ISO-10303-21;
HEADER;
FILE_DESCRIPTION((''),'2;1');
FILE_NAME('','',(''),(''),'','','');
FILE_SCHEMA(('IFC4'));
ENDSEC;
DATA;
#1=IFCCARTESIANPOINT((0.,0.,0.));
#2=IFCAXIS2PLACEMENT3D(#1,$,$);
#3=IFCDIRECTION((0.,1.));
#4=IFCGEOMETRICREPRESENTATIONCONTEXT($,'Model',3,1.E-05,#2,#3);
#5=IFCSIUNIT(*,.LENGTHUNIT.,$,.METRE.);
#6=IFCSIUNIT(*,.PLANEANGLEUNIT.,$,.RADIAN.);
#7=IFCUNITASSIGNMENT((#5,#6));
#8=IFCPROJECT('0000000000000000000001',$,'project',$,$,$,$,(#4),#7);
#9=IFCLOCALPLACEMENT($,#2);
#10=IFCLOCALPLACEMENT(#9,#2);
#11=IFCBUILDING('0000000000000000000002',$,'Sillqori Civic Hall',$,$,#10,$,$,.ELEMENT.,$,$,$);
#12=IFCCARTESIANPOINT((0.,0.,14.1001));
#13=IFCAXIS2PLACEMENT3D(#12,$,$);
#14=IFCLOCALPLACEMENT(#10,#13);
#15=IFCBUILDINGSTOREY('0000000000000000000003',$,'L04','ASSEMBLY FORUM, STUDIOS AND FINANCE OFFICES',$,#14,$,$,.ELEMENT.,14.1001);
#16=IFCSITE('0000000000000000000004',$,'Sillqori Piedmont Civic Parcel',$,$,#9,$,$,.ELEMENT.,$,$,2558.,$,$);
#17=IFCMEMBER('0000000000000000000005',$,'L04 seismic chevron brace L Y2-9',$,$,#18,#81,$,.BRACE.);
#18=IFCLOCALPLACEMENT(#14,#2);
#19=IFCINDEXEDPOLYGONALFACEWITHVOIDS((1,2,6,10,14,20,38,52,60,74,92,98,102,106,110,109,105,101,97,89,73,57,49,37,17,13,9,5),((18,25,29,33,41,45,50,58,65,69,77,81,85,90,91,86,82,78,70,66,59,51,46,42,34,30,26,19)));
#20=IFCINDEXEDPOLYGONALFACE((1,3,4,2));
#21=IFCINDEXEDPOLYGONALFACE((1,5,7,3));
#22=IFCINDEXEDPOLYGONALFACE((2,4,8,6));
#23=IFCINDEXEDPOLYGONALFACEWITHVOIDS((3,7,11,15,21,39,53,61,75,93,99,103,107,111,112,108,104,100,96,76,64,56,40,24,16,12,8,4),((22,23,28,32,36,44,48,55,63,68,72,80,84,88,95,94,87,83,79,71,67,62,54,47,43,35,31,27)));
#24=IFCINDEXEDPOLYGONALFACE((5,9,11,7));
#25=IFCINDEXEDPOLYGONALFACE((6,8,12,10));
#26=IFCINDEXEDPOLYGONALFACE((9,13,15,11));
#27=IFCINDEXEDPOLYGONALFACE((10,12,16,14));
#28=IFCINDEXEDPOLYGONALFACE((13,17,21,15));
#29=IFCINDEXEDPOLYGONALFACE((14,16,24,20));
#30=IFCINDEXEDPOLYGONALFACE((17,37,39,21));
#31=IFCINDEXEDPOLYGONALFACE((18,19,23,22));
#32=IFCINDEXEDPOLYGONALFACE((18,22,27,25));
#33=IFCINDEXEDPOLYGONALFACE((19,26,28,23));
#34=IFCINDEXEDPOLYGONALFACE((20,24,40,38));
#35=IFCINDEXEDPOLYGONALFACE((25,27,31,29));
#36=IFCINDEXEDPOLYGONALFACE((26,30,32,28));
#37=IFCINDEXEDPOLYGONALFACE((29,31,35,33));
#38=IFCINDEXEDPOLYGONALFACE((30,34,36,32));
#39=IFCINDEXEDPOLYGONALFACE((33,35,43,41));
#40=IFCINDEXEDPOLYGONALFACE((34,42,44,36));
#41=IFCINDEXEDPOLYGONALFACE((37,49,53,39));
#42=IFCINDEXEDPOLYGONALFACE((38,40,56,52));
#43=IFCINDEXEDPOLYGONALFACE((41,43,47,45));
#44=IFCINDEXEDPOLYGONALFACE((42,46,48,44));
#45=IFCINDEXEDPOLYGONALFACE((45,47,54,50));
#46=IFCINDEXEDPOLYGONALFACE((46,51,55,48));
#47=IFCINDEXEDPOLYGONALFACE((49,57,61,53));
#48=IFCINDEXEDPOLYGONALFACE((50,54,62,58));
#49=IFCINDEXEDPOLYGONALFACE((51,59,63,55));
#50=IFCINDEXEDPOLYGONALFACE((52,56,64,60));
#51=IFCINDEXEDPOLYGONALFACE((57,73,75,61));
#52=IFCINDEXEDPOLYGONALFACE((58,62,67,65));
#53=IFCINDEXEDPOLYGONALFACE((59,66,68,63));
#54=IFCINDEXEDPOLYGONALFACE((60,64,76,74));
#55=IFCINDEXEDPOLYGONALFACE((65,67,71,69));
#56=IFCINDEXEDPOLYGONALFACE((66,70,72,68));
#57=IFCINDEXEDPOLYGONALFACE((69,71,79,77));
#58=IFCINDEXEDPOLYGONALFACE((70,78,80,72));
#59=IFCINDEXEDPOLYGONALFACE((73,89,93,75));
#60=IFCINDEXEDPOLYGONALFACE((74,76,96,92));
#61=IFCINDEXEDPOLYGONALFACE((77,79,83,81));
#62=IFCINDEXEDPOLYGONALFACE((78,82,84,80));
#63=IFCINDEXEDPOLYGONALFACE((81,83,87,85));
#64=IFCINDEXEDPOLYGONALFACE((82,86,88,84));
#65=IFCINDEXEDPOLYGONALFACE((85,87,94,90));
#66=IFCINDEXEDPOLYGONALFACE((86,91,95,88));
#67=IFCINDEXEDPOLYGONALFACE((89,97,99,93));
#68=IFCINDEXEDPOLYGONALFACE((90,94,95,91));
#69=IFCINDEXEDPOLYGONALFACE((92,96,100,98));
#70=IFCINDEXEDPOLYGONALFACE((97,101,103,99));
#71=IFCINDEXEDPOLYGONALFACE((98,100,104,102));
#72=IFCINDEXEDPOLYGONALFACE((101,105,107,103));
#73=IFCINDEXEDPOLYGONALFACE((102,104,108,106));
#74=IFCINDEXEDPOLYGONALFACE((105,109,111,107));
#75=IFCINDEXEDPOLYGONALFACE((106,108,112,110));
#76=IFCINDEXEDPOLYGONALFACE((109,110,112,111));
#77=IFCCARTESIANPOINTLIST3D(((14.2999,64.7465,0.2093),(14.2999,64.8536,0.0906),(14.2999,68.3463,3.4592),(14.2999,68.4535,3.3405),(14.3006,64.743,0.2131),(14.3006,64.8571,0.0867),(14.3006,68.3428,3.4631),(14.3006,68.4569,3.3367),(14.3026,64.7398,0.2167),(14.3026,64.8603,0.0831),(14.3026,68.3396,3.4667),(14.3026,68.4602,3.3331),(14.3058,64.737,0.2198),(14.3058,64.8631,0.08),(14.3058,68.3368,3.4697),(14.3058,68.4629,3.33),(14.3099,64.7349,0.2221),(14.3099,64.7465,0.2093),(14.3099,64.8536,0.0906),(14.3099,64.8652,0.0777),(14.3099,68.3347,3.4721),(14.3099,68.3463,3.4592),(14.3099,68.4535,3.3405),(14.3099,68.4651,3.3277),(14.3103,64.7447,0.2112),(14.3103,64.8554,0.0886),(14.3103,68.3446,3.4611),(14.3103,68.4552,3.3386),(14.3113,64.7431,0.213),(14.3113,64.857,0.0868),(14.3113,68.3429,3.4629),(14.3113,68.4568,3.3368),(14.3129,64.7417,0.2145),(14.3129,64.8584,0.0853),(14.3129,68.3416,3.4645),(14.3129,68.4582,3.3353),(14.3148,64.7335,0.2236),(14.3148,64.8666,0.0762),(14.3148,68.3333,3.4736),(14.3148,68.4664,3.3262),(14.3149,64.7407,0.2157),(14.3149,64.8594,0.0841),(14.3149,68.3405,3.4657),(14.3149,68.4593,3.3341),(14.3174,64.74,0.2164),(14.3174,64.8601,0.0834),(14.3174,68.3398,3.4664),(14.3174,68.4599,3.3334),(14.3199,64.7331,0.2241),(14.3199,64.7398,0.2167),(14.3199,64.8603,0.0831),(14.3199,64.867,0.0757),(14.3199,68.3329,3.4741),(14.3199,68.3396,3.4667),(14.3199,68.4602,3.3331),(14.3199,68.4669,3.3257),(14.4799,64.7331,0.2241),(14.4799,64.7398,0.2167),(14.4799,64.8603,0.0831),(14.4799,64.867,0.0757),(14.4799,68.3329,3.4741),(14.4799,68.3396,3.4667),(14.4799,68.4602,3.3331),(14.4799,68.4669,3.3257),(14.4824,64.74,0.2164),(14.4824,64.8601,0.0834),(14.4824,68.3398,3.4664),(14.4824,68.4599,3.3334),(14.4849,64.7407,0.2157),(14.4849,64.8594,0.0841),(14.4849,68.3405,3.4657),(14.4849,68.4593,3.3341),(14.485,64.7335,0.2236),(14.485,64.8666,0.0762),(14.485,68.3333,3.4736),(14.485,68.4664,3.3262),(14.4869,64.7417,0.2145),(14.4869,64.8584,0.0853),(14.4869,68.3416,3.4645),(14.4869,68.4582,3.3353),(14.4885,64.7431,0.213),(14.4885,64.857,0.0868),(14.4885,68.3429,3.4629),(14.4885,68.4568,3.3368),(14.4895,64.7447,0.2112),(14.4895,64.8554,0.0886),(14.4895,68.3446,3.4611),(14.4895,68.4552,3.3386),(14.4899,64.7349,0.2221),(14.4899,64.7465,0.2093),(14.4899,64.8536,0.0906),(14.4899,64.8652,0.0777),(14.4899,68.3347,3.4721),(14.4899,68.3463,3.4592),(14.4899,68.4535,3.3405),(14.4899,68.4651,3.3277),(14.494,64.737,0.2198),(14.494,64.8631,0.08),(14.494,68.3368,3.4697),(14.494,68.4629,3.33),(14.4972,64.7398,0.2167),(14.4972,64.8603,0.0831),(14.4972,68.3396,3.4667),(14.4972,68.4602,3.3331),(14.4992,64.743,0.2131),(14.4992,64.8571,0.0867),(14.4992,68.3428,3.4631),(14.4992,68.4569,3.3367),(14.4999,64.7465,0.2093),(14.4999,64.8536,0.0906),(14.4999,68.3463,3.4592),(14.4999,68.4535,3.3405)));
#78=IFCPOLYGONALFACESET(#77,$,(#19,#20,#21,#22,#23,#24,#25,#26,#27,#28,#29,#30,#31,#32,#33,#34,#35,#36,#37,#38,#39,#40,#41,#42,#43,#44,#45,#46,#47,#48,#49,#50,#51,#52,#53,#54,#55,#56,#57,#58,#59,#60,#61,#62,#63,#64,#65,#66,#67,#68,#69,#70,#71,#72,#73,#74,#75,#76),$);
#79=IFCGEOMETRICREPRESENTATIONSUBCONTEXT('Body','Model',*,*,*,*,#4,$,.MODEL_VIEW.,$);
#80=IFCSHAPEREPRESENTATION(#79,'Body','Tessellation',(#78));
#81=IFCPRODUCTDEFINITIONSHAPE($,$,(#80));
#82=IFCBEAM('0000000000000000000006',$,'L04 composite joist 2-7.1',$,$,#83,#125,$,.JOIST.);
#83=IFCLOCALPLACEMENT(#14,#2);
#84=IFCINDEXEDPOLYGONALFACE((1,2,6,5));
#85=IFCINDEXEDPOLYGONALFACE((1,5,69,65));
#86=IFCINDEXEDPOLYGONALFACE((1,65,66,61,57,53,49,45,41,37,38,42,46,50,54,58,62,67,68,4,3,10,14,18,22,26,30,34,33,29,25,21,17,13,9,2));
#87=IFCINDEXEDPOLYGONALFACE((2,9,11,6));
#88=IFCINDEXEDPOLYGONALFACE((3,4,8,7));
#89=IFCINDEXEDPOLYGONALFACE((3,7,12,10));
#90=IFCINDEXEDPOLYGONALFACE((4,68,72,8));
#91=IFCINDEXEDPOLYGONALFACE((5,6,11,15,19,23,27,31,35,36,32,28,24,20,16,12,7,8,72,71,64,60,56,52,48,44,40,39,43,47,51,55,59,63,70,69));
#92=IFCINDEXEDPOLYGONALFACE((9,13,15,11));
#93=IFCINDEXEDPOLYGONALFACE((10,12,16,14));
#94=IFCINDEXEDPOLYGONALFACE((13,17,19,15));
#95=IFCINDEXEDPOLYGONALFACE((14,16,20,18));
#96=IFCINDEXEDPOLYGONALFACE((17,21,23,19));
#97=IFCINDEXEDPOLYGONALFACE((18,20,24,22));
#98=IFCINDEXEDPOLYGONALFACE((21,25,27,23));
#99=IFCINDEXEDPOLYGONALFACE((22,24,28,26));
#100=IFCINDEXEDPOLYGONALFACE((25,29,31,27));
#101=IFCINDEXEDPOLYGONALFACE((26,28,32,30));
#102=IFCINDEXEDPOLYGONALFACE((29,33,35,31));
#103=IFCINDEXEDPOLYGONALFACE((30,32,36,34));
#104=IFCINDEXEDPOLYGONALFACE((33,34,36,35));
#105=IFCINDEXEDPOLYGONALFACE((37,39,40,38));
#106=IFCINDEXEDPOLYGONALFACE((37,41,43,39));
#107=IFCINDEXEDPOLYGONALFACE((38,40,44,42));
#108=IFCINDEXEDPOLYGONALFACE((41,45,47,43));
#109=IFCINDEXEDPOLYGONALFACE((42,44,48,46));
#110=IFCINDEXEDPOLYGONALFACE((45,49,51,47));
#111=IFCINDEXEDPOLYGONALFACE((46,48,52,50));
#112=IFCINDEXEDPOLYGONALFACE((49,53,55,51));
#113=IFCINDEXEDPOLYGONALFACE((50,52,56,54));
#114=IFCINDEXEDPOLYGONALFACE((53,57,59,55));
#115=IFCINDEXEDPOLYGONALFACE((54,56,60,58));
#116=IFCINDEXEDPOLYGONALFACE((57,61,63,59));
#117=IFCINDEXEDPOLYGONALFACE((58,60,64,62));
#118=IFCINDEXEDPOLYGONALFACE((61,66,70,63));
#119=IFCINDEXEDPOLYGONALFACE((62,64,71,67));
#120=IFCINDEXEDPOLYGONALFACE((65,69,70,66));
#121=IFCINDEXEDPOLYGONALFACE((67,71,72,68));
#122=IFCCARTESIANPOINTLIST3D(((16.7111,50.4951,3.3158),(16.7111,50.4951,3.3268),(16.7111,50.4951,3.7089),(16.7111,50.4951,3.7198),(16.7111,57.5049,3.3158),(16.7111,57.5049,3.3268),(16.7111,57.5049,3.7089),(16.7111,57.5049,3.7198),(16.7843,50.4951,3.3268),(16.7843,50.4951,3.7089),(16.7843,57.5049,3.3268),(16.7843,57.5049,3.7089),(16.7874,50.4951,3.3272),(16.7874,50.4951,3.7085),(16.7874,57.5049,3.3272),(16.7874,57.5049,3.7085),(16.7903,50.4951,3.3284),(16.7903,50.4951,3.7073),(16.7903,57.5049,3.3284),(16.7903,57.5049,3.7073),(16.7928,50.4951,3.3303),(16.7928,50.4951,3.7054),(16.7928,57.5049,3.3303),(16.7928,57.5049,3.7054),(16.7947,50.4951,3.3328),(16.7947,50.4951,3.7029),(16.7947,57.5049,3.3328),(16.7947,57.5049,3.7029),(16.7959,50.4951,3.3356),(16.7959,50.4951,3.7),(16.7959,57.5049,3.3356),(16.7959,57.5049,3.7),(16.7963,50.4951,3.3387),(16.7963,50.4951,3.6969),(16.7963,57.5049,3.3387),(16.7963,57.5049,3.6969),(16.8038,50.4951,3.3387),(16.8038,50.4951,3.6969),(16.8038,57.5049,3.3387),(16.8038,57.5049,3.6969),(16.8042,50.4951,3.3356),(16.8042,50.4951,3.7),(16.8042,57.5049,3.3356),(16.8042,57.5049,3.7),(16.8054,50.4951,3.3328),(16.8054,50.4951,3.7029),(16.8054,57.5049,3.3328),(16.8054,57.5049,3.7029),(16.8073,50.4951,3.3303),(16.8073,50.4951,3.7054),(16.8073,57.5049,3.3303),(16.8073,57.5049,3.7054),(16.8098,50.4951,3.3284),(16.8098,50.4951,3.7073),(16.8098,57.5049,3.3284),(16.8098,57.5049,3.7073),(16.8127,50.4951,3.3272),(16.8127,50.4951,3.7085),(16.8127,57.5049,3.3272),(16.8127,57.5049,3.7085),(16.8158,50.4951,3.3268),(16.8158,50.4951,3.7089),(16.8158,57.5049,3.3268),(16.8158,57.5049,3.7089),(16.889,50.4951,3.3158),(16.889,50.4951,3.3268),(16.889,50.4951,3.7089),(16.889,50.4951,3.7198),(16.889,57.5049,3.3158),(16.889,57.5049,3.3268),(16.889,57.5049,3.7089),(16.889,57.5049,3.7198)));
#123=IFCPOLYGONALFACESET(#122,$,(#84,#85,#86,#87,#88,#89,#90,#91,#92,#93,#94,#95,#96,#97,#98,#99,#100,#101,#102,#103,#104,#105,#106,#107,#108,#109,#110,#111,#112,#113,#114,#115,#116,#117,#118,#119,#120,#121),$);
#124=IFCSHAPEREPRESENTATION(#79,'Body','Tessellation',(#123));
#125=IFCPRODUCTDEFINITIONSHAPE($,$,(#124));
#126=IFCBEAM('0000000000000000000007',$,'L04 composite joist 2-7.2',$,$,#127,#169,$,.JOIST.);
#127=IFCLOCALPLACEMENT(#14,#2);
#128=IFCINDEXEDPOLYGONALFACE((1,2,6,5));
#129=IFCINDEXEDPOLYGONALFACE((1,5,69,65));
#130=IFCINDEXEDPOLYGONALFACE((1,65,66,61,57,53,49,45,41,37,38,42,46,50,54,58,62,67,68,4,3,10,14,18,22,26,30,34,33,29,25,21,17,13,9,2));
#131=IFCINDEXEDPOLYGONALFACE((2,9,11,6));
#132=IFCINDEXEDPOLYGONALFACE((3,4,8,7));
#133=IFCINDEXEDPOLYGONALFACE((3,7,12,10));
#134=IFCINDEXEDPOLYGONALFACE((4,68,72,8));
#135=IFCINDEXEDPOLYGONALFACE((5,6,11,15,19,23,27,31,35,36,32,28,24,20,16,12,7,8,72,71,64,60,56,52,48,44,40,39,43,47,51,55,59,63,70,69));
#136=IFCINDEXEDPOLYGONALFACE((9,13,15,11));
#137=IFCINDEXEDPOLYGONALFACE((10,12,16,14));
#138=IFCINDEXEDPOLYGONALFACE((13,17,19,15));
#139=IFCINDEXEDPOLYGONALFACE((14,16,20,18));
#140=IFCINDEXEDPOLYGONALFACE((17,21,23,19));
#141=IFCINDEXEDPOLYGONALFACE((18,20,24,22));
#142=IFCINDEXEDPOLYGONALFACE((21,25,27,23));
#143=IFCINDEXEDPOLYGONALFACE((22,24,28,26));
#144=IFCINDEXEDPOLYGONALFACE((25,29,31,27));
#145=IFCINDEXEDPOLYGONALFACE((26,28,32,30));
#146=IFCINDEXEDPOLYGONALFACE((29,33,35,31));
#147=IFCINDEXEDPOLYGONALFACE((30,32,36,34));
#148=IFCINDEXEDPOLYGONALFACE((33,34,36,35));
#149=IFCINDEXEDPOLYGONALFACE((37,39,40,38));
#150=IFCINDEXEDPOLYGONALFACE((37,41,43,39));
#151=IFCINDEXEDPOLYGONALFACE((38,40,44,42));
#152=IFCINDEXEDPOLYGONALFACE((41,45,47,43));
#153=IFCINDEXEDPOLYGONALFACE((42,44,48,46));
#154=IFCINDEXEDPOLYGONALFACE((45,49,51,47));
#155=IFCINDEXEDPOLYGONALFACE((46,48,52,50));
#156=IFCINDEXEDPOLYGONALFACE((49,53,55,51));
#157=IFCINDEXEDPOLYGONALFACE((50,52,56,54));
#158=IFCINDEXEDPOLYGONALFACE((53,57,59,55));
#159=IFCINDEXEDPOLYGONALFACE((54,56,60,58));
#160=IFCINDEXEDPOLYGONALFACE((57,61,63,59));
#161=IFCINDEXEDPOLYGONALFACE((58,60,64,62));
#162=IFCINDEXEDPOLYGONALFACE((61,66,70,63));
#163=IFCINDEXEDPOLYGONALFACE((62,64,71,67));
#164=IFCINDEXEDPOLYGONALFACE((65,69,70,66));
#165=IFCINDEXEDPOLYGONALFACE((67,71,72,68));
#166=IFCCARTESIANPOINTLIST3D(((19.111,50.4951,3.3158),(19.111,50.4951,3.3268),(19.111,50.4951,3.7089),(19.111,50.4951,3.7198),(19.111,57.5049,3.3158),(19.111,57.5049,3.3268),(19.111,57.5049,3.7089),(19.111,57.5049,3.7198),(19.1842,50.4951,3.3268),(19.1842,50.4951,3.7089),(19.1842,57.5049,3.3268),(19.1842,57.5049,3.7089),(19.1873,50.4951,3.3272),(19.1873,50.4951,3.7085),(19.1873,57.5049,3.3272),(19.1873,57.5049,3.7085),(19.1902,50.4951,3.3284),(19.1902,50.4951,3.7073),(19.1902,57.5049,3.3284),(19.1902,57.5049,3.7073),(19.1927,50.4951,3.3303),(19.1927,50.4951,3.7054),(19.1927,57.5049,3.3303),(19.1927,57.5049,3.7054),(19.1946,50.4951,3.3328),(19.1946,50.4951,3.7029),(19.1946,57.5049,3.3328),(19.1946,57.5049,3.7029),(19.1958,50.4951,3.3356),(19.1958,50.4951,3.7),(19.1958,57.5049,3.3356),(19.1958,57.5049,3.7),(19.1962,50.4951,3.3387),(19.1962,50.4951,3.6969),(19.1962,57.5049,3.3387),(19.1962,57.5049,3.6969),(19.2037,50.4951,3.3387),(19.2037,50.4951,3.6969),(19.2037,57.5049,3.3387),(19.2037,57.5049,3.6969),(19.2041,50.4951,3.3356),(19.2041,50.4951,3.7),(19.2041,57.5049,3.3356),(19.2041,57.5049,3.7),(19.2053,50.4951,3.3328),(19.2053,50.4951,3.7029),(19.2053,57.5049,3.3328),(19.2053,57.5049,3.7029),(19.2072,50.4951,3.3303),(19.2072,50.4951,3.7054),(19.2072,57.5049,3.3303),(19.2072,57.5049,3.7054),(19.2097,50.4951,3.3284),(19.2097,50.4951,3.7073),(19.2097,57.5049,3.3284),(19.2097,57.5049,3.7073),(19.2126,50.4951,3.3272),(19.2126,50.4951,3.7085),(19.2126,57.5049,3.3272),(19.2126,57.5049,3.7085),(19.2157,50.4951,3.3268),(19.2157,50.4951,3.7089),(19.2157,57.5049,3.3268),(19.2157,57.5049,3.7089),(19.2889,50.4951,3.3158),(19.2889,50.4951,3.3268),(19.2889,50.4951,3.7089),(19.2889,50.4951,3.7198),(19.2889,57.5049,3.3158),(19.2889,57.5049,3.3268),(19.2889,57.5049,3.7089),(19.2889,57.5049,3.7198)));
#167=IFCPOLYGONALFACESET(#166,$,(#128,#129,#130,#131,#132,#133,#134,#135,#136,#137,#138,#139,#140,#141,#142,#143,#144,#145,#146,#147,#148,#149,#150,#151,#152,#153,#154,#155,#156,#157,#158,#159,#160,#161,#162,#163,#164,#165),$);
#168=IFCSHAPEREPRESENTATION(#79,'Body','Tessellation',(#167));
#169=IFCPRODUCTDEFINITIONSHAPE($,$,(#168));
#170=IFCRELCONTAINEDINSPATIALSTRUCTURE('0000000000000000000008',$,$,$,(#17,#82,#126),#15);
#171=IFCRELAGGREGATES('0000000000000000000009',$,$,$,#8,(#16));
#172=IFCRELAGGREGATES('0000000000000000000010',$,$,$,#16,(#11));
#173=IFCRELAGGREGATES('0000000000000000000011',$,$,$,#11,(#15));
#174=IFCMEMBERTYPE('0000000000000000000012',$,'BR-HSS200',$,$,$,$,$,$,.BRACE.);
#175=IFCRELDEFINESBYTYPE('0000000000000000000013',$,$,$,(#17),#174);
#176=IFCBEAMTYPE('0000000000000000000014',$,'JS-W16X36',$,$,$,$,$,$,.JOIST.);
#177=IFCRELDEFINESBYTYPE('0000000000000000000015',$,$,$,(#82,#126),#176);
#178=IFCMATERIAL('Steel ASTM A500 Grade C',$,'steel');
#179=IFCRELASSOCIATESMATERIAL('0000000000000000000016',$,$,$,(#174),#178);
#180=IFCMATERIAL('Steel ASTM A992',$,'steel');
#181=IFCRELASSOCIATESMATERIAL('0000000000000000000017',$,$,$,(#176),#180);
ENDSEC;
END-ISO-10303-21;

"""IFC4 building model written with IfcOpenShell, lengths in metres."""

from ifc_helpers import new_model, si_unit, direction, frame, origin, origin_2d, place, context, subcontext, project, spatial, hollow_rectangle, i_section, extrude, material, material_profile, profile_set, type_object, element, save


model = new_model("IFC4")

# Units and contexts
model_context = context("Model", 3, precision=1e-05, world=origin(), true_north=direction((0.0, 1.0)))
body_context = subcontext(model_context, "Body", "Model", "MODEL_VIEW")
ifc_project = project(units=[si_unit("LENGTHUNIT", "METRE"), si_unit("PLANEANGLEUNIT", "RADIAN")], contexts=[model_context])

# Site, building, storey
site_placement = place(None, origin())
site = spatial("IfcSite", under=ifc_project, at=site_placement, Name="Sillqori Piedmont Civic Parcel", CompositionType="ELEMENT", RefElevation=2558.0)
building_placement = place(site_placement, origin())
building = spatial("IfcBuilding", under=site, at=building_placement, Name="Sillqori Civic Hall", CompositionType="ELEMENT")
storey_placement = place(building_placement, frame((0.0, 0.0, 14.1001)))
storey = spatial("IfcBuildingStorey", under=building, at=storey_placement, Name="L04", Description="ASSEMBLY FORUM, STUDIOS AND FINANCE OFFICES", CompositionType="ELEMENT", Elevation=14.1001)

# Shared definitions
ifc_material_1 = material(Name="Steel ASTM A992", Category="steel")

# Member
ifc_material_2 = material(Name="Steel ASTM A500 Grade C", Category="steel")
ifc_material_profile_1 = material_profile(ifc_material_2, hollow_rectangle(XDim=0.2, YDim=0.2, WallThickness=0.01, InnerFilletRadius=0.01, OuterFilletRadius=0.02, at=origin_2d()), Name="HSS200X200X10")
ifc_profile_set_1 = profile_set([ifc_material_profile_1], Name="Steel ASTM A500 Grade C")
member_type = type_object("IfcMemberType", Name="BR-HSS200", PredefinedType="BRACE", material=ifc_profile_set_1)
member_placement = place(storey_placement, frame((14.3999, 64.8, 0.1499), z_axis=(0.0, 0.742254, 0.670118), x_axis=(-1.0, 0.0, 0.0)))
element("IfcMember", 1, at=member_placement, inside=storey, type_object=member_type, Name="L04 seismic chevron brace L Y2-9", PredefinedType="BRACE", context=body_context, shape_type="SweptSolid", body=[
    extrude(hollow_rectangle(XDim=0.2, YDim=0.2, WallThickness=0.01, InnerFilletRadius=0.01, OuterFilletRadius=0.02, at=origin_2d()), origin(), (0.0, 0.0, 1.0), 4.8499),
])

# Beams
ifc_material_profile_2 = material_profile(ifc_material_1, i_section(OverallWidth=0.178, OverallDepth=0.4041, WebThickness=0.0076, FlangeThickness=0.011, FilletRadius=0.012, at=origin_2d()), Name="W16X36")
ifc_profile_set_2 = profile_set([ifc_material_profile_2], Name="Steel ASTM A992")
beam_type_1 = type_object("IfcBeamType", Name="JS-W16X36", PredefinedType="JOIST", material=ifc_profile_set_2)
for number, where, z_axis, x_axis, name in (
    (2, (16.8, 50.4951, 3.5178), (0.0, 1.0, 0.0), (-1.0, 0.0, 0.0), "L04 composite joist 2-7.1"),
    (3, (19.2, 50.4951, 3.5178), (0.0, 1.0, 0.0), (-1.0, 0.0, 0.0), "L04 composite joist 2-7.2"),
):
    element("IfcBeam", number, at=place(storey_placement, frame(where, z_axis=z_axis, x_axis=x_axis)), inside=storey, type_object=beam_type_1, Name=name, PredefinedType="JOIST", context=body_context, shape_type="SweptSolid", body=[
        extrude(i_section(OverallWidth=0.178, OverallDepth=0.4041, WebThickness=0.0076, FlangeThickness=0.011, FilletRadius=0.012, at=origin_2d()), origin(), (0.0, 0.0, 1.0), 7.0098),
    ])

save(model, "model.ifc")
